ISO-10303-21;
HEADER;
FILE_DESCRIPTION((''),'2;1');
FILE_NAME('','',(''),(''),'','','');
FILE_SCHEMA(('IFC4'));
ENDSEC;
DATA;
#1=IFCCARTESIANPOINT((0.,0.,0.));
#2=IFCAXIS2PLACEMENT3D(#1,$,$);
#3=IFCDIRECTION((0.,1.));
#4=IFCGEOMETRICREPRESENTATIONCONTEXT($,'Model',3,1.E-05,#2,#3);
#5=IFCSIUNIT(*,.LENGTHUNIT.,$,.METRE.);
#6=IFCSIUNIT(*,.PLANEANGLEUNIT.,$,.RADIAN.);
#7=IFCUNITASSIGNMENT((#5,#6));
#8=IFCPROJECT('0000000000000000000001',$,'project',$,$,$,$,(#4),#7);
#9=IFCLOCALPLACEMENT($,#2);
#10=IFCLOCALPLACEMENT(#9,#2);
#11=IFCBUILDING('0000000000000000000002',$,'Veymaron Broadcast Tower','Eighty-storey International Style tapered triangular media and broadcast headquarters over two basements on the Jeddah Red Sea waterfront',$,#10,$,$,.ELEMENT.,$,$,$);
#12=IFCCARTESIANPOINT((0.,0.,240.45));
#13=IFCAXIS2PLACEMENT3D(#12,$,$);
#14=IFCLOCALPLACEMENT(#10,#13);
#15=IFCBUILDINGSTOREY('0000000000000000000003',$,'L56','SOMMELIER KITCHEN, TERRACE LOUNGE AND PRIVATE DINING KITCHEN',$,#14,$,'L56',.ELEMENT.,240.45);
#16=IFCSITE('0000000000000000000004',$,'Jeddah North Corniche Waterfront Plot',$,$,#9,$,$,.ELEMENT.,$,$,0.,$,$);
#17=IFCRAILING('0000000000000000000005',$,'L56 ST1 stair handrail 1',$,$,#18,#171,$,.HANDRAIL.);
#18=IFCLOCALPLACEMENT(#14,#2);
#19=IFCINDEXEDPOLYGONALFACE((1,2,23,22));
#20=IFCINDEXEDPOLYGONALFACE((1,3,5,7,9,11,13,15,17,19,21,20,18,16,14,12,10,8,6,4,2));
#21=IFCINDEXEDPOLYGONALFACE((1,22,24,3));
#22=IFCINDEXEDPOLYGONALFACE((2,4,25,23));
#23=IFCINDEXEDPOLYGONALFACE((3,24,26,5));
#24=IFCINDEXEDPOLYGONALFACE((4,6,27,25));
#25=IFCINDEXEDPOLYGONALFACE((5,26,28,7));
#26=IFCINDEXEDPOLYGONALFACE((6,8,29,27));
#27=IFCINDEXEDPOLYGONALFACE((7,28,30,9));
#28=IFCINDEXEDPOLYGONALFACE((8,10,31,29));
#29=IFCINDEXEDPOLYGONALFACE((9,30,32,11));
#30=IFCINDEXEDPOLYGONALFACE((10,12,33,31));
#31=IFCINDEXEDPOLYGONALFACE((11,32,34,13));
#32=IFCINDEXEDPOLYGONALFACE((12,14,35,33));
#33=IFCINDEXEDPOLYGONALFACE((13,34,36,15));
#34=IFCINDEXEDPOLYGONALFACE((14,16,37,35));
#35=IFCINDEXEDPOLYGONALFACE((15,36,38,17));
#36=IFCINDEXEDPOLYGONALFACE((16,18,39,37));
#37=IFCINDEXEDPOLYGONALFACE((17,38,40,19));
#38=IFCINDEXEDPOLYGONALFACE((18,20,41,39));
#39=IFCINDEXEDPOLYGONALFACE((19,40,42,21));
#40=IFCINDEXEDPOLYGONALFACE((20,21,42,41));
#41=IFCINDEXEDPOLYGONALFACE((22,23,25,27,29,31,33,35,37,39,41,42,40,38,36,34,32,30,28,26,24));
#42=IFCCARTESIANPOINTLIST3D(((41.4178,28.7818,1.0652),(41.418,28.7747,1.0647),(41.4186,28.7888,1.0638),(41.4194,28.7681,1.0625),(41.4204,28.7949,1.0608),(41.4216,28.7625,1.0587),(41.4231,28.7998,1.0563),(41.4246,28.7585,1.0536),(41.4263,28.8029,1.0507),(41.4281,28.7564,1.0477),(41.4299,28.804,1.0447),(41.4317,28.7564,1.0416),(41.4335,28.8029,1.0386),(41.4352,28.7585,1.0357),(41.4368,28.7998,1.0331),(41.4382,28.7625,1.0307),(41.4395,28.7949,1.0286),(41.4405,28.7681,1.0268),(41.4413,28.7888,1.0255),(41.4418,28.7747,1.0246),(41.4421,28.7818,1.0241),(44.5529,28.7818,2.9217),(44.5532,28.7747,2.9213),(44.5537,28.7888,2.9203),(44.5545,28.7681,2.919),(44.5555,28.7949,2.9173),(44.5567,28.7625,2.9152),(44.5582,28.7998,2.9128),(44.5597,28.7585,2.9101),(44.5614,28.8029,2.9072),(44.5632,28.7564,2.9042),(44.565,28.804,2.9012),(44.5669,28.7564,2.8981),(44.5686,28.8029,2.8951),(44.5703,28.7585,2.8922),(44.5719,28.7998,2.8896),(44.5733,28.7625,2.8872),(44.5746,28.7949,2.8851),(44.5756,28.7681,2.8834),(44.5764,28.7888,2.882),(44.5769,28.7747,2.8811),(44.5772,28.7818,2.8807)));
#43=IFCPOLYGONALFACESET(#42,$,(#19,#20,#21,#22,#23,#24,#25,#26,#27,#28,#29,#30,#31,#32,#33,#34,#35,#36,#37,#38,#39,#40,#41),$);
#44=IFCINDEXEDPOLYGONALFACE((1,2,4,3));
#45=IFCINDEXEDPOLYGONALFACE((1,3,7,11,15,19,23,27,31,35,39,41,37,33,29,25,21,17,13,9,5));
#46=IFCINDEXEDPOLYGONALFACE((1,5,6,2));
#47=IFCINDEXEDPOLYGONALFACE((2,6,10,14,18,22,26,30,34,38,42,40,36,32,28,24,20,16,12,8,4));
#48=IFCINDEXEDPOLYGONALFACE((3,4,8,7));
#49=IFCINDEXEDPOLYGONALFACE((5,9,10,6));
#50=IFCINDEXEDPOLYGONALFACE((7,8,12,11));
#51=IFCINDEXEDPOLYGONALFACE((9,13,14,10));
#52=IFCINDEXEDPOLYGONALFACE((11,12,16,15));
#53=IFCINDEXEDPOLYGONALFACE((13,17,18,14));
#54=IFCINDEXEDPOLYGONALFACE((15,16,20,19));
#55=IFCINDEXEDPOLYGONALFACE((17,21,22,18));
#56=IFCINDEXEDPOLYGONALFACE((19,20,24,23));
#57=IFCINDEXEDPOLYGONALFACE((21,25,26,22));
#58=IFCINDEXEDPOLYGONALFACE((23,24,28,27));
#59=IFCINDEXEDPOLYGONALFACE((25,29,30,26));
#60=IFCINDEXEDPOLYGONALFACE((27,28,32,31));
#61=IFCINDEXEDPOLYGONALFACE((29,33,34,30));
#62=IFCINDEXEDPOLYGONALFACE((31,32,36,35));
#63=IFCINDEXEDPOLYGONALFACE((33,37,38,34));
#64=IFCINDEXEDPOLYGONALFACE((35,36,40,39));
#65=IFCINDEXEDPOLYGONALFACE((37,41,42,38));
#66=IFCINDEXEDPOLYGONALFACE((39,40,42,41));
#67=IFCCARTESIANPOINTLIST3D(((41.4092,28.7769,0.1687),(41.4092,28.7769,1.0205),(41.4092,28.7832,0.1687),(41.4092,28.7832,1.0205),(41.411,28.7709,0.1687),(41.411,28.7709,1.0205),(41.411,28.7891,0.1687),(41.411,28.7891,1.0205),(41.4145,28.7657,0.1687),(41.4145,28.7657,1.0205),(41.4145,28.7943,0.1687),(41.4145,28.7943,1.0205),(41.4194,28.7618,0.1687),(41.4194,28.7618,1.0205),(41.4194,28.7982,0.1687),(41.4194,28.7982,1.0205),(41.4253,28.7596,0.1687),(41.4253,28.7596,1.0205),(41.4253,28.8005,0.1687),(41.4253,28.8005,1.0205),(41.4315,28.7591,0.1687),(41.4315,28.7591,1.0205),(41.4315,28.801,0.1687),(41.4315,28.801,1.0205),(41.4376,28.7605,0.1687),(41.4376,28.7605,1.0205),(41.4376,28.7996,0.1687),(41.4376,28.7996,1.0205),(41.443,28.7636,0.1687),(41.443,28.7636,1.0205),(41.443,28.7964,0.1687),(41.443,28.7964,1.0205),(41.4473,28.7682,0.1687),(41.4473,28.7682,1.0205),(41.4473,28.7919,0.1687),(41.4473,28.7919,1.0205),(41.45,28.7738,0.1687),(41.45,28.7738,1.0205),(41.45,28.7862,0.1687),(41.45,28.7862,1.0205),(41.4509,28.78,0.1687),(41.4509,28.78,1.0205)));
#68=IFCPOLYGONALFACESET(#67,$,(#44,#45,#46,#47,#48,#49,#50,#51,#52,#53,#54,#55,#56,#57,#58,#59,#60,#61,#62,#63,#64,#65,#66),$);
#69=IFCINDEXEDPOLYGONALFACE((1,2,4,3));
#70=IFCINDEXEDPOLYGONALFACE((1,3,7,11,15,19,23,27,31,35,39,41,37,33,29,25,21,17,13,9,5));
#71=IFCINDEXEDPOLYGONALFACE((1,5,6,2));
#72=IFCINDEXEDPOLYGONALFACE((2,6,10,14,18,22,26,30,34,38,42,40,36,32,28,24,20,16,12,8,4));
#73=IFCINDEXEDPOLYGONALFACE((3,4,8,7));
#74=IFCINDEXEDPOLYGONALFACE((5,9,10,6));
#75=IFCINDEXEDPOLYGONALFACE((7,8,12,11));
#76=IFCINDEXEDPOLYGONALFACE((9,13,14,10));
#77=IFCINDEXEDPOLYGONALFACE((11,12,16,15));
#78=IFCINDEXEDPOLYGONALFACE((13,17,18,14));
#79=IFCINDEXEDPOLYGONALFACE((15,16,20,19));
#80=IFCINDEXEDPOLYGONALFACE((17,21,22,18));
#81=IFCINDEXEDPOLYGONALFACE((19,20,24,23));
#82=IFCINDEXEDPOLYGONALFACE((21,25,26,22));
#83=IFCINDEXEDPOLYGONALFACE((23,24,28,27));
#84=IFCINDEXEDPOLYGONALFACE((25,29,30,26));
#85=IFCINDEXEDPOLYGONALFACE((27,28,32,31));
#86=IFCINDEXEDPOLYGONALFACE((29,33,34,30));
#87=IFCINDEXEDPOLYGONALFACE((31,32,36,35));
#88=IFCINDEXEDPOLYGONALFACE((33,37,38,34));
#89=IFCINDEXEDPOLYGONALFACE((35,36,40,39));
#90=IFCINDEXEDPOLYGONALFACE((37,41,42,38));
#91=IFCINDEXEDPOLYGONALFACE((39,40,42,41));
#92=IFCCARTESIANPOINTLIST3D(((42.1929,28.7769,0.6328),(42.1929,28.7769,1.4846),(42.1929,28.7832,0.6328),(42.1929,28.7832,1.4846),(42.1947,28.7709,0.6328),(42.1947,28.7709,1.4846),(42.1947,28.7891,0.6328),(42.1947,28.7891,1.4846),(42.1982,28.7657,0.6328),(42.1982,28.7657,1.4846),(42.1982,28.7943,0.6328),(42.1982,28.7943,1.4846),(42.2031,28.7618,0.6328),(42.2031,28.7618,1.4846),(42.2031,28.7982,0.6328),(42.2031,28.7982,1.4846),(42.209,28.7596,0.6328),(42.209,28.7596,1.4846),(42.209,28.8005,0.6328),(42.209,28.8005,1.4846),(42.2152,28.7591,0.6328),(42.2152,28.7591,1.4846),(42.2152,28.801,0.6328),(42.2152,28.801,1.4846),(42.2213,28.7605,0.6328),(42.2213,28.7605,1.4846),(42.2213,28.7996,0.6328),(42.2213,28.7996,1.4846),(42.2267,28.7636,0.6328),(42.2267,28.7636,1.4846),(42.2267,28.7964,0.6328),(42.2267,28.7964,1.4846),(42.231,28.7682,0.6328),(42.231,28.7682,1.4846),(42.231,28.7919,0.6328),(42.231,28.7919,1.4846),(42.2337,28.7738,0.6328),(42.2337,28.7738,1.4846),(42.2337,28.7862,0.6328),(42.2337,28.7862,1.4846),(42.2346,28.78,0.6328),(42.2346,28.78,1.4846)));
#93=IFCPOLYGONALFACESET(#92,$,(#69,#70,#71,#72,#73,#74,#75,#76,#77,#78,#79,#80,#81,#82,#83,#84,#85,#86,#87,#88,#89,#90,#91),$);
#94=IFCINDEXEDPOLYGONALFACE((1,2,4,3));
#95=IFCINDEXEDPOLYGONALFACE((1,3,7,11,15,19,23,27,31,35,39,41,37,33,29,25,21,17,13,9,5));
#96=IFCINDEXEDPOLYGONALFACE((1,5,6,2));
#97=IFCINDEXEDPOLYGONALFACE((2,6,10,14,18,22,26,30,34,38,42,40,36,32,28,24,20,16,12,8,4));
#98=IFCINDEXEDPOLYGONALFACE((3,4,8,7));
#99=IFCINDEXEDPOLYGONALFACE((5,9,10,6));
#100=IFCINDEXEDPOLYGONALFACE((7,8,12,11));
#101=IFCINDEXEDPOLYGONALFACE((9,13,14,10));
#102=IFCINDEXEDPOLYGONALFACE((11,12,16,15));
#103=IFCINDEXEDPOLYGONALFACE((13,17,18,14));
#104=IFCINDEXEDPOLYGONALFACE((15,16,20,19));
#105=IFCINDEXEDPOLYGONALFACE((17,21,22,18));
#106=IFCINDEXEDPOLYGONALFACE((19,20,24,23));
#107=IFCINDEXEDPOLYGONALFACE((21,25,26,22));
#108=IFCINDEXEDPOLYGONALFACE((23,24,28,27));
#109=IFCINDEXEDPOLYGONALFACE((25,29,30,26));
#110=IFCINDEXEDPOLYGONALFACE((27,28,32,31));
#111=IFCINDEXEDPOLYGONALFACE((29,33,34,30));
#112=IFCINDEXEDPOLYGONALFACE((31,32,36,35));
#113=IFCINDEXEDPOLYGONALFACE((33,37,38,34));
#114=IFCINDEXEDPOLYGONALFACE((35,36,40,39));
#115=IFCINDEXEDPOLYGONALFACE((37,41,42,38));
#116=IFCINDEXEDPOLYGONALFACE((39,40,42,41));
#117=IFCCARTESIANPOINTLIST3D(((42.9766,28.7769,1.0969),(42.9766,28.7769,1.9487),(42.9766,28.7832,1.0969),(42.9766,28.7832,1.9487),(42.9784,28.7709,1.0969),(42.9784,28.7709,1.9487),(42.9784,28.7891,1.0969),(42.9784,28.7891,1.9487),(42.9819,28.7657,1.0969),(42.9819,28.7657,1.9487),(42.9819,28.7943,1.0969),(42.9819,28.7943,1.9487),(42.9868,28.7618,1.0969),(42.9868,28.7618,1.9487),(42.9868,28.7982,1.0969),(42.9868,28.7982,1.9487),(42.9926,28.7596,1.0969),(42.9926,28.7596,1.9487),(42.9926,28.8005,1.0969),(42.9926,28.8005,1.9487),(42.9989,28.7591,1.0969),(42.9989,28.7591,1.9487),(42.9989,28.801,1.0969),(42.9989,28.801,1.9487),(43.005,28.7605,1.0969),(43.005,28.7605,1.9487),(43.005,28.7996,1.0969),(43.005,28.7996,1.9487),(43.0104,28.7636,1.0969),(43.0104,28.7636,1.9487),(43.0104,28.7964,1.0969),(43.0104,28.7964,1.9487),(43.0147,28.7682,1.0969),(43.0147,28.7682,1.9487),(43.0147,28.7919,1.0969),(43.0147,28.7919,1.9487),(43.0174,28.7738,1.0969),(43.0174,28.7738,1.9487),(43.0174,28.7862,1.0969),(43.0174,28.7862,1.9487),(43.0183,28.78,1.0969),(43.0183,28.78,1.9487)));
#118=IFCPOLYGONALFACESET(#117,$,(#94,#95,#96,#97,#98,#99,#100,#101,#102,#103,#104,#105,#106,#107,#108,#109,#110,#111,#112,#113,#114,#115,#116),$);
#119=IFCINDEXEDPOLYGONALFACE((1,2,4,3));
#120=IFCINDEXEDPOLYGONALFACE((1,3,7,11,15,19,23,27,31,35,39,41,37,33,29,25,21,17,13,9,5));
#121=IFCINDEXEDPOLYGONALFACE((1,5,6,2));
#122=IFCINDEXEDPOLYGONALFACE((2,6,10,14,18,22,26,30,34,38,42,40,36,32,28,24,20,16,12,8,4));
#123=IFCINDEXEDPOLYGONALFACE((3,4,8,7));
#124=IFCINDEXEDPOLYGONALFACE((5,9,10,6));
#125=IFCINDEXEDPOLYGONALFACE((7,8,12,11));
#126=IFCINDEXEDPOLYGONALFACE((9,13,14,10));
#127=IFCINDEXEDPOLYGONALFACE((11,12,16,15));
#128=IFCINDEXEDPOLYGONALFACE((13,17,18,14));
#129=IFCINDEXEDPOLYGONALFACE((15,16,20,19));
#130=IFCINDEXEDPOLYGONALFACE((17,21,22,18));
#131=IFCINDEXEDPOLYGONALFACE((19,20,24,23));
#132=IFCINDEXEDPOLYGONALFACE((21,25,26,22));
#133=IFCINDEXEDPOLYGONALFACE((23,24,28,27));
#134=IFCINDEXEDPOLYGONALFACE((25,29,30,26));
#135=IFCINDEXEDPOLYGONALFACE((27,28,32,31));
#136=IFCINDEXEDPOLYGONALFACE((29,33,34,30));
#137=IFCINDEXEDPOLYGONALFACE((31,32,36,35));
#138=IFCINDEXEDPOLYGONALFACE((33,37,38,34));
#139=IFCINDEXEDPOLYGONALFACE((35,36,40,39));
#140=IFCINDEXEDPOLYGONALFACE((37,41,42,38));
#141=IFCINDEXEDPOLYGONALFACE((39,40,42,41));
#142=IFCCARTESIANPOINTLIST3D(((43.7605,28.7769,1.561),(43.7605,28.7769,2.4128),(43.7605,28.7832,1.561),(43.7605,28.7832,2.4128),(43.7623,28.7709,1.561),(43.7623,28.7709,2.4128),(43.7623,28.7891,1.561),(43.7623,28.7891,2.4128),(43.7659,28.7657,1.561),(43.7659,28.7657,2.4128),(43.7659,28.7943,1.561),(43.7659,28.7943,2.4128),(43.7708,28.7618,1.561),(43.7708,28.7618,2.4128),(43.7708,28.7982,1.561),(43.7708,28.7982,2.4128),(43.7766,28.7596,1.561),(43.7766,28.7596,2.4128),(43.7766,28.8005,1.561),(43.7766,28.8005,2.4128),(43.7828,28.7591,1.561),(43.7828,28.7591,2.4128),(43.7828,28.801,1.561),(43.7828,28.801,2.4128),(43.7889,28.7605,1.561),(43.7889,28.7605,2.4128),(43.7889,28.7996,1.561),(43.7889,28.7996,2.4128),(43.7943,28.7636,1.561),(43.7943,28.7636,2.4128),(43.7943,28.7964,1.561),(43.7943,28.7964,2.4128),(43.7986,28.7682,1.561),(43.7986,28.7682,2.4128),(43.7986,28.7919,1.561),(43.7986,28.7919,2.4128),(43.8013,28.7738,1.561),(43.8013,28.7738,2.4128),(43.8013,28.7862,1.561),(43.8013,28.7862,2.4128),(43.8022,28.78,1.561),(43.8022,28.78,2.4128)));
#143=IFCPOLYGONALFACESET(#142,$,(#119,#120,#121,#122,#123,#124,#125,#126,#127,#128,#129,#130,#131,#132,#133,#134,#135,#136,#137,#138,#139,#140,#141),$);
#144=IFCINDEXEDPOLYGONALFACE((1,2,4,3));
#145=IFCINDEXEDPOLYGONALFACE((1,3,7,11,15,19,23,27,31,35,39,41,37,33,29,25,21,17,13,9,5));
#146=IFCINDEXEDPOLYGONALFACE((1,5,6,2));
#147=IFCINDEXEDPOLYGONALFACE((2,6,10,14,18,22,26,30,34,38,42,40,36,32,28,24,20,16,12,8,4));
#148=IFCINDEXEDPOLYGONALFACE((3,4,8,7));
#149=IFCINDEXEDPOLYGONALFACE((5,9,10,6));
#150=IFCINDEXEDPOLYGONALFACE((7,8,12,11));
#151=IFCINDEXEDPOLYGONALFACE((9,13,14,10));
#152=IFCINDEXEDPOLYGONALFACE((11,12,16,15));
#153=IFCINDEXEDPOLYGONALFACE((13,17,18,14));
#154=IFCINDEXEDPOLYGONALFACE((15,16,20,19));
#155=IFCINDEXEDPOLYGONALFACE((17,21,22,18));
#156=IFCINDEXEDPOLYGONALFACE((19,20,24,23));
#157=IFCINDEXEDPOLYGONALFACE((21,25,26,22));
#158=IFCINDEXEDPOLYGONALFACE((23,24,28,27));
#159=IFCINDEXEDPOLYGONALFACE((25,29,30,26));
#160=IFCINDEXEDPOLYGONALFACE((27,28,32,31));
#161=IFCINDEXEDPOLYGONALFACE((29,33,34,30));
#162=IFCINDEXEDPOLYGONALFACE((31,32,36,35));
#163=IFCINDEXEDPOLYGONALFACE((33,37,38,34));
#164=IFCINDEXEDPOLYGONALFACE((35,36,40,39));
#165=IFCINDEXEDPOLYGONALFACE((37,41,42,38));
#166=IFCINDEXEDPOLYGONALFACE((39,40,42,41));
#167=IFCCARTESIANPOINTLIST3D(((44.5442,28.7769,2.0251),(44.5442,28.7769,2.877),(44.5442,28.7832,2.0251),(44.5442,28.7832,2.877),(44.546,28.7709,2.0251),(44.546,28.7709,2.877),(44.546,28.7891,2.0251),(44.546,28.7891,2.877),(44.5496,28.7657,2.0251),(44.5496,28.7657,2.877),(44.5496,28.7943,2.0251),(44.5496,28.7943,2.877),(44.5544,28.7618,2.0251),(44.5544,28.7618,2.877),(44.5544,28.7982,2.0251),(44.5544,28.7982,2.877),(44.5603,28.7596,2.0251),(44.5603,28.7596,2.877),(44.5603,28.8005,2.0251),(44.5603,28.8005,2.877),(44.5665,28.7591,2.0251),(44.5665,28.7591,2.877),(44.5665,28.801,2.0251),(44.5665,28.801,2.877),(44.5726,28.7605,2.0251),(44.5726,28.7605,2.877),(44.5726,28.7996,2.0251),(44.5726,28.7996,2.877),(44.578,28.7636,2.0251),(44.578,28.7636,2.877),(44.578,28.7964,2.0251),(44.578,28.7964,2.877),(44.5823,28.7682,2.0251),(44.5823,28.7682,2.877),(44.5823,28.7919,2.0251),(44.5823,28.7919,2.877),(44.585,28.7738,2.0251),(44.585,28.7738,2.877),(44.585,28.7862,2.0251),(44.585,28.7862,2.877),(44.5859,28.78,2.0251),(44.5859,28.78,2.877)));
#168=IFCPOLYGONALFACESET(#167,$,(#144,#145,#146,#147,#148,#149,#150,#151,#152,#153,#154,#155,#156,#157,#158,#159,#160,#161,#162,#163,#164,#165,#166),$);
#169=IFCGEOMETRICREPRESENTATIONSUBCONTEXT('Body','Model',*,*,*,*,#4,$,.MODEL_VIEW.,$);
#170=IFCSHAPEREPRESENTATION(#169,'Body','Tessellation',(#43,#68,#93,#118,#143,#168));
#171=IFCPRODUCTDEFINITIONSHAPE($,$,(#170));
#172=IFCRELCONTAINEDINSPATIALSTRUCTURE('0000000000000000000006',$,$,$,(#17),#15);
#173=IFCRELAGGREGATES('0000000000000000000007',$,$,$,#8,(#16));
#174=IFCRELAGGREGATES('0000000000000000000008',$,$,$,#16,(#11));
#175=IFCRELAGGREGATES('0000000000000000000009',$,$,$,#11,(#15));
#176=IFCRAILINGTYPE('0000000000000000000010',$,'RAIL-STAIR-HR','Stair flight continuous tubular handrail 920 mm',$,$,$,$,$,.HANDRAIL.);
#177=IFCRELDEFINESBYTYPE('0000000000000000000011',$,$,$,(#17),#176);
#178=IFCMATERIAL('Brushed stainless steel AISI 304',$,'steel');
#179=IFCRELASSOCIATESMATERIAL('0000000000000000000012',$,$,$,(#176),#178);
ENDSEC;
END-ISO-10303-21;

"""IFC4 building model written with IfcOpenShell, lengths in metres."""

from ifc_helpers import new_model, si_unit, direction, frame, origin, origin_2d, place, context, subcontext, project, spatial, circle, extrude, material, type_object, element, save


model = new_model("IFC4")

# Units and contexts
model_context = context("Model", 3, precision=1e-05, world=origin(), true_north=direction((0.0, 1.0)))
body_context = subcontext(model_context, "Body", "Model", "MODEL_VIEW")
ifc_project = project(units=[si_unit("LENGTHUNIT", "METRE"), si_unit("PLANEANGLEUNIT", "RADIAN")], contexts=[model_context])

# Site, building, storey
site_placement = place(None, origin())
site = spatial("IfcSite", under=ifc_project, at=site_placement, Name="Jeddah North Corniche Waterfront Plot", CompositionType="ELEMENT", RefElevation=0.0)
building_placement = place(site_placement, origin())
building = spatial("IfcBuilding", under=site, at=building_placement, Name="Veymaron Broadcast Tower", Description="Eighty-storey International Style tapered triangular media and broadcast headquarters over two basements on the Jeddah Red Sea waterfront", CompositionType="ELEMENT")
storey_placement = place(building_placement, frame((0.0, 0.0, 240.45)))
storey = spatial("IfcBuildingStorey", under=building, at=storey_placement, Name="L56", Description="SOMMELIER KITCHEN, TERRACE LOUNGE AND PRIVATE DINING KITCHEN", LongName="L56", CompositionType="ELEMENT", Elevation=240.45)

# Shared definitions
ifc_material_1 = material(Name="Brushed stainless steel AISI 304", Category="steel")

# Railing
railing_type_1 = type_object("IfcRailingType", Name="RAIL-STAIR-HR", Description="Stair flight continuous tubular handrail 920 mm", PredefinedType="HANDRAIL", material=ifc_material_1)
railing_1_placement = place(storey_placement, frame((41.4299, 28.78, 0.1687)))
element("IfcRailing", 1, at=railing_1_placement, inside=storey, type_object=railing_type_1, Name="L56 ST1 stair handrail 1", PredefinedType="HANDRAIL", context=body_context, shape_type="SweptSolid", body=[
    extrude(circle(Radius=0.0239, at=origin_2d()), frame((0.0, 0.0, 0.876), z_axis=(0.860453, 0.0, 0.509531), x_axis=(0.0, 1.0, 0.0)), (0.0, 0.0, 1.0), 3.6436),
    extrude(circle(Radius=0.021, at=origin_2d()), origin(), (0.0, 0.0, 1.0), 0.8518),
    extrude(circle(Radius=0.021, at=origin_2d()), frame((0.7837, 0.0, 0.4641)), (0.0, 0.0, 1.0), 0.8518),
    extrude(circle(Radius=0.021, at=origin_2d()), frame((1.5674, 0.0, 0.9282)), (0.0, 0.0, 1.0), 0.8518),
    extrude(circle(Radius=0.021, at=origin_2d()), frame((2.3513, 0.0, 1.3923)), (0.0, 0.0, 1.0), 0.8518),
    extrude(circle(Radius=0.021, at=origin_2d()), frame((3.135, 0.0, 1.8564)), (0.0, 0.0, 1.0), 0.8518),
])

save(model, "model.ifc")
